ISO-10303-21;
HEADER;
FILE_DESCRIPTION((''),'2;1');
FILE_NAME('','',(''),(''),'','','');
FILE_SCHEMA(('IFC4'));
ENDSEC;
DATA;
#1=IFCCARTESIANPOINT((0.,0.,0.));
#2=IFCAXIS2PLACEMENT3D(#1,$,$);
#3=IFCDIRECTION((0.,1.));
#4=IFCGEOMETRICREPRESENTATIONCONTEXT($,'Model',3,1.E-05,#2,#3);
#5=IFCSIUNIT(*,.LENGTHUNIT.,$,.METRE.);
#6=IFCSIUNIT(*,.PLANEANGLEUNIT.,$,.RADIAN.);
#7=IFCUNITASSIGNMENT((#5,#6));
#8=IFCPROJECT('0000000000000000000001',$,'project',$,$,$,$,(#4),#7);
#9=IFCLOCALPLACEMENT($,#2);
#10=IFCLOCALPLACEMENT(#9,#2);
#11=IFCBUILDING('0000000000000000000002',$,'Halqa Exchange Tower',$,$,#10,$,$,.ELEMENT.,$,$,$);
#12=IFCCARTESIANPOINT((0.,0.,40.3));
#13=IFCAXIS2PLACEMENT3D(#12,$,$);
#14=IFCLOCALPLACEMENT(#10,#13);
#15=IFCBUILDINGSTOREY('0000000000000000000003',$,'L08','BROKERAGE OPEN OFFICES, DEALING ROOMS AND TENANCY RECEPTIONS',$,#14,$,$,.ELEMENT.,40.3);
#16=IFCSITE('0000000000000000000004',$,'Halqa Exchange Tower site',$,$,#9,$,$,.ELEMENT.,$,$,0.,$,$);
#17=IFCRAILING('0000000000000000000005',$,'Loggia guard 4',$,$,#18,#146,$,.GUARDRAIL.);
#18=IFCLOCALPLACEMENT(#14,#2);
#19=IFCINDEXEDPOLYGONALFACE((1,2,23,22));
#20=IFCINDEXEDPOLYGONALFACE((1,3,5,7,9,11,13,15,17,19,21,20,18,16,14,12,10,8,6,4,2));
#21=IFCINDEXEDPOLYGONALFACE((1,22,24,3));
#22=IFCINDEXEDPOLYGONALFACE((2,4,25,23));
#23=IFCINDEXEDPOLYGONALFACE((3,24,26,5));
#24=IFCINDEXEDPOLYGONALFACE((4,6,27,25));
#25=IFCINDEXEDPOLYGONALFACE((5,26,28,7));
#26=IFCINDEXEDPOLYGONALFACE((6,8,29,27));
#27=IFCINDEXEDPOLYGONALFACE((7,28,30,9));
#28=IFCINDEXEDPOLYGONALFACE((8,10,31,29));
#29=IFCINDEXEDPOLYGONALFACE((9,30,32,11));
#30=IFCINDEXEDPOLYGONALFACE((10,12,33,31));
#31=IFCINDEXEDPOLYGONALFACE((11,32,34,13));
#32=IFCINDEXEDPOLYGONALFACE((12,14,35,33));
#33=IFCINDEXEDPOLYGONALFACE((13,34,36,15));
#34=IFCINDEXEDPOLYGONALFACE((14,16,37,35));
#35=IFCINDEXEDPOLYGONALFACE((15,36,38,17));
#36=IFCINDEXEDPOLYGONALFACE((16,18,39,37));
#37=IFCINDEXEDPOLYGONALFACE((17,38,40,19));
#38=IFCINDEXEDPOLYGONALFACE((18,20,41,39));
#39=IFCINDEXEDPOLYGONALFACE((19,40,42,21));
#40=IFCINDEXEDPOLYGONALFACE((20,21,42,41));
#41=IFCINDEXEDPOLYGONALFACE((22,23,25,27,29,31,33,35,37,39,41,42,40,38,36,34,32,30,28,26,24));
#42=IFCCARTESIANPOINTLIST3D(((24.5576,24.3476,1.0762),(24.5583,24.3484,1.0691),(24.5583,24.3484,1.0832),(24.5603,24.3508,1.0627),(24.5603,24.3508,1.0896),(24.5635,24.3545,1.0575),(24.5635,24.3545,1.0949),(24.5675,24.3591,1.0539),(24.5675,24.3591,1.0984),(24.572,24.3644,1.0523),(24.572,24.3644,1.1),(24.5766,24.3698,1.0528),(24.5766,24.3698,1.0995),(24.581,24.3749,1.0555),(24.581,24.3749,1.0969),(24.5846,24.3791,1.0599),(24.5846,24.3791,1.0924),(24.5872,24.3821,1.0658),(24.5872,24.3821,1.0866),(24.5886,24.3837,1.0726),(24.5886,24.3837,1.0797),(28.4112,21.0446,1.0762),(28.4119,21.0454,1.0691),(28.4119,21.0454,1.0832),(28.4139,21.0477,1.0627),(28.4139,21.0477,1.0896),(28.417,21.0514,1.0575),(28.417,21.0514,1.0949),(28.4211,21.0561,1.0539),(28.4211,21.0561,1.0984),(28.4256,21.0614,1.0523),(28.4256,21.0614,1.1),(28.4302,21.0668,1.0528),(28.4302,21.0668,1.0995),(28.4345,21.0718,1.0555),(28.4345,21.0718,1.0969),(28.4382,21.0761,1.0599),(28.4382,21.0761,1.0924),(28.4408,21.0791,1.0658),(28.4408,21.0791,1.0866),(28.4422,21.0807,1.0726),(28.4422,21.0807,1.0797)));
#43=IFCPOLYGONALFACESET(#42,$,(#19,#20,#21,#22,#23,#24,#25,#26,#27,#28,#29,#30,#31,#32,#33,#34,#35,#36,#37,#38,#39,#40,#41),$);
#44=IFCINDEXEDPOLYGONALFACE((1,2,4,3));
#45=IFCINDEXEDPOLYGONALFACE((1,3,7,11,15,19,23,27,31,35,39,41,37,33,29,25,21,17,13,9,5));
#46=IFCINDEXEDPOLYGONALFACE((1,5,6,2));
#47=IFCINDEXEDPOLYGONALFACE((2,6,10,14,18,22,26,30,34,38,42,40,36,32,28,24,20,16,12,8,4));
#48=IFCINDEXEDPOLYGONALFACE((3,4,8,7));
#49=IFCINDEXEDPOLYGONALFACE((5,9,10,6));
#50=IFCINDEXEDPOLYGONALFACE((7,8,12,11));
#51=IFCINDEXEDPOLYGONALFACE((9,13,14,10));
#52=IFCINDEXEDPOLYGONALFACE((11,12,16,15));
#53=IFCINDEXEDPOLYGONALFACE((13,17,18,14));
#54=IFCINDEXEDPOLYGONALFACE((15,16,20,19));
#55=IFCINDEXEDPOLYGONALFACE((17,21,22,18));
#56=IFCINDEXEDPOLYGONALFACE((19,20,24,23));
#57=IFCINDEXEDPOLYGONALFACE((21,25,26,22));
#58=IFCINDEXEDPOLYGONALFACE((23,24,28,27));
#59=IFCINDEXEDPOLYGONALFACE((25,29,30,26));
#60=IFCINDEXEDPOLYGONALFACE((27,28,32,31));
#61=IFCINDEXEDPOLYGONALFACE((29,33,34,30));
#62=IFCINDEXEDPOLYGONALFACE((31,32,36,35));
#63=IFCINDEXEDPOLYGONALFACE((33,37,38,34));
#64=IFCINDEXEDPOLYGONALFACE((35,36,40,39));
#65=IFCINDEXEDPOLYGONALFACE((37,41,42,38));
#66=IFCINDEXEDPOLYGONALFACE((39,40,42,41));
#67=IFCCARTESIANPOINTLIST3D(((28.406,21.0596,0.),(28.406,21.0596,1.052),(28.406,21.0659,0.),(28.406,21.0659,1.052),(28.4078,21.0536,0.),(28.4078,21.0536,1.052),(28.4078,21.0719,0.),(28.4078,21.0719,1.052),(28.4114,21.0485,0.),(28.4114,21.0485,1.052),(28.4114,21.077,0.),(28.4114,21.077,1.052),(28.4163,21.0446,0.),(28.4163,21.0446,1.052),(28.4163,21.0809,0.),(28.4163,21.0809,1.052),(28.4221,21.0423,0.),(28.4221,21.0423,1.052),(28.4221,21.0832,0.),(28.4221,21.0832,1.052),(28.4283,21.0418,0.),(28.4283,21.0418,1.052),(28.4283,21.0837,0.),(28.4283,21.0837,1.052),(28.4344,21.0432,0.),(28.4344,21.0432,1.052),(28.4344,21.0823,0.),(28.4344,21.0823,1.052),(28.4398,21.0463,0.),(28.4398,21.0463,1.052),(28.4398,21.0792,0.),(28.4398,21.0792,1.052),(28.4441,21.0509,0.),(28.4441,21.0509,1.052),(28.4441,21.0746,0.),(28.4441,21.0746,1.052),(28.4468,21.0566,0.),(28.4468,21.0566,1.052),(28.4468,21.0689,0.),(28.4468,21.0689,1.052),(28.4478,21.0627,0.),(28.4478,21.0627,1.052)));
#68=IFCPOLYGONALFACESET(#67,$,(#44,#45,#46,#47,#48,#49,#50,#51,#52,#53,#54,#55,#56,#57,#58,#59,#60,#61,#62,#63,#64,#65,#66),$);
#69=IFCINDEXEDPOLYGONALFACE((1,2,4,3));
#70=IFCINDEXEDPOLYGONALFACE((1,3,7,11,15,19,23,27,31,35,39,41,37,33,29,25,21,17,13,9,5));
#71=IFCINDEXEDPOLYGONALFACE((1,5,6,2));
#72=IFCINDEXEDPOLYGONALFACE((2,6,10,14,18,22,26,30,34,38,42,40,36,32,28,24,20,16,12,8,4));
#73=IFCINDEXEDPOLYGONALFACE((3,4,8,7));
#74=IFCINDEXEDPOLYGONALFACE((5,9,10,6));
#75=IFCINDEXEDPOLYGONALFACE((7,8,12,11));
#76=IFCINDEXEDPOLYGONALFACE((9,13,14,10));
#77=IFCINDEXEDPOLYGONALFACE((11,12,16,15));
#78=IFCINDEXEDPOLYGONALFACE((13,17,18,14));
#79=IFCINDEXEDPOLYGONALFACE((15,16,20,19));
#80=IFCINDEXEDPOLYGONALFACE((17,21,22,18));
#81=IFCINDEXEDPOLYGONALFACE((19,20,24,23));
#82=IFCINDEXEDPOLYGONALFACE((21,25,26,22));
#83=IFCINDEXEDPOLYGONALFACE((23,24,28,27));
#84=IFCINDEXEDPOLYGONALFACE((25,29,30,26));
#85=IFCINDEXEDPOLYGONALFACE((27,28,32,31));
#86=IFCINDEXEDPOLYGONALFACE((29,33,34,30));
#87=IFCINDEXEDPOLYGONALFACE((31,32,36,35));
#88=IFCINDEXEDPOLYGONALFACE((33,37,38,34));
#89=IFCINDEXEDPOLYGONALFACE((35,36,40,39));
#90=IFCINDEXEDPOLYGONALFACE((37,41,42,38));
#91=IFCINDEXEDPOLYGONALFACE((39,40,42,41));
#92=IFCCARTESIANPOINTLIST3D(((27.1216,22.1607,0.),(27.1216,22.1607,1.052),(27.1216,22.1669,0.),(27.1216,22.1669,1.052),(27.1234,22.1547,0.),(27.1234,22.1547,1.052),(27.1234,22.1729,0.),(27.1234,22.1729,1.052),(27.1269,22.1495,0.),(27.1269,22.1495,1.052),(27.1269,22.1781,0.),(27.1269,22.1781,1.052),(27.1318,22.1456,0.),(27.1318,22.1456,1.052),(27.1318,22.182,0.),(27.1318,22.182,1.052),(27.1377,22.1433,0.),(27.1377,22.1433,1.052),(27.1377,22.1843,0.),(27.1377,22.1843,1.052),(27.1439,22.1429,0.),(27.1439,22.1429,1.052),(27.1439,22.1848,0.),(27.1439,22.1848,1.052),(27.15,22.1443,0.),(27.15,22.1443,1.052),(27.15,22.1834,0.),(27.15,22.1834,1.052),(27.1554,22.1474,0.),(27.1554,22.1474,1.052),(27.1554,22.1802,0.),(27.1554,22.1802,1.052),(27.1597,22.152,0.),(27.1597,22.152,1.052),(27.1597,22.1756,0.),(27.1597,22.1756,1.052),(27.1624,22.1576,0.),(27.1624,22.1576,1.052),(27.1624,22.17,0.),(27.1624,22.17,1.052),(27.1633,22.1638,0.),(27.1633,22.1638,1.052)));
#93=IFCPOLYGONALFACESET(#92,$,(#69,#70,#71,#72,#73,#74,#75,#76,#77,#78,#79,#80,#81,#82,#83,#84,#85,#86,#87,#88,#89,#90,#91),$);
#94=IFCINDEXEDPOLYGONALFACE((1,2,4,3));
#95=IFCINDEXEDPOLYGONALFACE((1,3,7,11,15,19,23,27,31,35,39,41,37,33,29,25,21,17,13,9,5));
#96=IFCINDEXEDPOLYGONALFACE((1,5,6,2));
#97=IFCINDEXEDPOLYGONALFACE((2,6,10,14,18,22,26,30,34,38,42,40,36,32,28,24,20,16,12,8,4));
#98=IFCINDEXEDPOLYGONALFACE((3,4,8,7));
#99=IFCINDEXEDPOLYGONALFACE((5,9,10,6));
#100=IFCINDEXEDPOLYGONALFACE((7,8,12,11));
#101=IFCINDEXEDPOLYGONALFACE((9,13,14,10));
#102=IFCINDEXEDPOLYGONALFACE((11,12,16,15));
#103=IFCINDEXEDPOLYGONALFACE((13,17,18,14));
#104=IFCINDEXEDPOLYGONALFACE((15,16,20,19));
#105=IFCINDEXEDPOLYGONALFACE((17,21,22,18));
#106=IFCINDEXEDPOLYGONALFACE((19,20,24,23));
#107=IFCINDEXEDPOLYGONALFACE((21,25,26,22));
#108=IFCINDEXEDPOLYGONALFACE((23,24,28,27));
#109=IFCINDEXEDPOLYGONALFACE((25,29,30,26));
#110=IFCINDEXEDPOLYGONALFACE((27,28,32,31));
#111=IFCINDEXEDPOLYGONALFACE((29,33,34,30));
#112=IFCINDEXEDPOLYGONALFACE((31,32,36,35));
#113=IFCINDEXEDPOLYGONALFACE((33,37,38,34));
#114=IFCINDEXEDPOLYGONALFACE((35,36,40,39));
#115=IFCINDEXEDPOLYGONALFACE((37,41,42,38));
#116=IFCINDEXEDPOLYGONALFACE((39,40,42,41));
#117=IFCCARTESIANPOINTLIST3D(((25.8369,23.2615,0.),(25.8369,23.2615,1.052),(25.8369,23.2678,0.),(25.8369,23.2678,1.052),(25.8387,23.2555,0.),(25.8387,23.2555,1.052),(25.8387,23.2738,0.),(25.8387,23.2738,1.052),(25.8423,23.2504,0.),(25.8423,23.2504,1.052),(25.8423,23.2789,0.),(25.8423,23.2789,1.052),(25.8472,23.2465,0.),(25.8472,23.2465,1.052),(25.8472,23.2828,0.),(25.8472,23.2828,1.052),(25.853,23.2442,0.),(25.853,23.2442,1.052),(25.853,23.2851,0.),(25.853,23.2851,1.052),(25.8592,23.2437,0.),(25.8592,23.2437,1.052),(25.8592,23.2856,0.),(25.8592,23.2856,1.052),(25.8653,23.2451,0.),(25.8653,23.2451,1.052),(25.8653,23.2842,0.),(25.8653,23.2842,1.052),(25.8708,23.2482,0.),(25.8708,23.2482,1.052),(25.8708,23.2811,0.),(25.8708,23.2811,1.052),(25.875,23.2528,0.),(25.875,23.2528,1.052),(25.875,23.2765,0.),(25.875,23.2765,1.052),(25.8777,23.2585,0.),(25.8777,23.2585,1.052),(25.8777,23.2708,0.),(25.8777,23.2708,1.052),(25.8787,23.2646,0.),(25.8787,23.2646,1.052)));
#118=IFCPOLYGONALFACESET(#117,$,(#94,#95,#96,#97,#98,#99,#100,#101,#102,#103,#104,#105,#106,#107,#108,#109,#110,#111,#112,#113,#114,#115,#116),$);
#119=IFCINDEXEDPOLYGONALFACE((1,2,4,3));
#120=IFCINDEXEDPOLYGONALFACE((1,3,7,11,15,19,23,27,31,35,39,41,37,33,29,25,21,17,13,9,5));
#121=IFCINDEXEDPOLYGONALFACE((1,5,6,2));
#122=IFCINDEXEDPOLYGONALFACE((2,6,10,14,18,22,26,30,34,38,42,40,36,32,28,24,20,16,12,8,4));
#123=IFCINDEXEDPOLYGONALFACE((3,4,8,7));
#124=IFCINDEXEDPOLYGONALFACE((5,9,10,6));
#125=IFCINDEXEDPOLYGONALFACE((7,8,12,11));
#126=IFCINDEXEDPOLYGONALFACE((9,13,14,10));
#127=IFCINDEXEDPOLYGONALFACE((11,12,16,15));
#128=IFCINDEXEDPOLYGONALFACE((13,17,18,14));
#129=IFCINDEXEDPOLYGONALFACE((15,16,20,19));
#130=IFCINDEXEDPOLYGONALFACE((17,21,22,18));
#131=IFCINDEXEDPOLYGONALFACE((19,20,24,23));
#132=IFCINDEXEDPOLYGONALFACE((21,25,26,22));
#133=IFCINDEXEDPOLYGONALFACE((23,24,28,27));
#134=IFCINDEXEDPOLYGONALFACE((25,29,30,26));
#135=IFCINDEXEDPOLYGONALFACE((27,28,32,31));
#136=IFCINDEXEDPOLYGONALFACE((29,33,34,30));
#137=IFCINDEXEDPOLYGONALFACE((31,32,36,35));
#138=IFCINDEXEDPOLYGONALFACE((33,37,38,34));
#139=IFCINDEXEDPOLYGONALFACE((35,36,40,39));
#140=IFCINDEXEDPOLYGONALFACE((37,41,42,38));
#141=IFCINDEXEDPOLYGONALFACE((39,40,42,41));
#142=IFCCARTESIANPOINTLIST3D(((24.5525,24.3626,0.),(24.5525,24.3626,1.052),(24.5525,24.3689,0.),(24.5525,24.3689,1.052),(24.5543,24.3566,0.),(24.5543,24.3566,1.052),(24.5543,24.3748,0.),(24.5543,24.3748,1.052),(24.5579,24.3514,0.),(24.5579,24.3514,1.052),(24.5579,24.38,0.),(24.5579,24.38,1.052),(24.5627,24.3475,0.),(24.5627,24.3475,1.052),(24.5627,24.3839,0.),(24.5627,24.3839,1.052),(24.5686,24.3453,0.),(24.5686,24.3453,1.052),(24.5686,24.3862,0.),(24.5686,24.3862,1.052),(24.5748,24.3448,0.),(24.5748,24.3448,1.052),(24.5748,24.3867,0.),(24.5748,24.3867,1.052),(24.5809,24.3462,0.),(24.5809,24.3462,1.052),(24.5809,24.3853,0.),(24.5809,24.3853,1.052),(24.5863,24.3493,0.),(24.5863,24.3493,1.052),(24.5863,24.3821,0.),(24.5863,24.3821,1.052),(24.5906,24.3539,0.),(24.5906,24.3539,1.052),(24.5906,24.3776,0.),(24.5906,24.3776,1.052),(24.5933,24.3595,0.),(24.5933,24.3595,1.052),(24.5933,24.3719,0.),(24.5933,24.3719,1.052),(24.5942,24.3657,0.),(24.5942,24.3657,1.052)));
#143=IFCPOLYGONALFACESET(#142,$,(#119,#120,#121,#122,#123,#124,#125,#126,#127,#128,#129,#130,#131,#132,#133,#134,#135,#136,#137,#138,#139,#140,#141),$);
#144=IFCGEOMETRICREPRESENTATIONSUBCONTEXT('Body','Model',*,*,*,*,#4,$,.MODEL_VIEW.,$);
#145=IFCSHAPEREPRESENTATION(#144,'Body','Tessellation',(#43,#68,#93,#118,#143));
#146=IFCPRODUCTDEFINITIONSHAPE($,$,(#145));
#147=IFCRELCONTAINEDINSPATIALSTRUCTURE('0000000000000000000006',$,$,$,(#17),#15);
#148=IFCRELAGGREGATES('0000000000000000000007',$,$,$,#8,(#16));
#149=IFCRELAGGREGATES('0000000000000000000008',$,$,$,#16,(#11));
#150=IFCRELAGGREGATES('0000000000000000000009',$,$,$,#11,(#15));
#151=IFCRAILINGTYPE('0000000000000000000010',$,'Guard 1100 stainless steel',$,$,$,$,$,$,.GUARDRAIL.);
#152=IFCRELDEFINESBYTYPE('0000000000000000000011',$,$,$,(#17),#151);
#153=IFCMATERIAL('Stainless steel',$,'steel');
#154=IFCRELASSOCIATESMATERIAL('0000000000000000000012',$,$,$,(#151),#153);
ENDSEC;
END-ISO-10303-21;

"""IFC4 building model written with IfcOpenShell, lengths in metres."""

from ifc_helpers import new_model, si_unit, direction, frame, origin, origin_2d, place, context, subcontext, project, spatial, circle, extrude, material, type_object, element, save


model = new_model("IFC4")

# Units and contexts
model_context = context("Model", 3, precision=1e-05, world=origin(), true_north=direction((0.0, 1.0)))
body_context = subcontext(model_context, "Body", "Model", "MODEL_VIEW")
ifc_project = project(units=[si_unit("LENGTHUNIT", "METRE"), si_unit("PLANEANGLEUNIT", "RADIAN")], contexts=[model_context])

# Site, building, storey
site_placement = place(None, origin())
site = spatial("IfcSite", under=ifc_project, at=site_placement, Name="Halqa Exchange Tower site", CompositionType="ELEMENT", RefElevation=0.0)
building_placement = place(site_placement, origin())
building = spatial("IfcBuilding", under=site, at=building_placement, Name="Halqa Exchange Tower", CompositionType="ELEMENT")
storey_placement = place(building_placement, frame((0.0, 0.0, 40.3)))
storey = spatial("IfcBuildingStorey", under=building, at=storey_placement, Name="L08", Description="BROKERAGE OPEN OFFICES, DEALING ROOMS AND TENANCY RECEPTIONS", CompositionType="ELEMENT", Elevation=40.3)

# Railing
ifc_material_1 = material(Name="Stainless steel", Category="steel")
railing_type = type_object("IfcRailingType", Name="Guard 1100 stainless steel", PredefinedType="GUARDRAIL", material=ifc_material_1)
railing_1_placement = place(storey_placement, frame((28.4268, 21.0627, 0.0)))
element("IfcRailing", 1, at=railing_1_placement, inside=storey, type_object=railing_type, Name="Loggia guard 4", PredefinedType="GUARDRAIL", context=body_context, shape_type="SweptSolid", body=[
    extrude(circle(Radius=0.0239, at=origin_2d()), frame((0.0, 0.0, 1.0762), z_axis=(-0.75926, 0.650787, 0.0), x_axis=(-0.650787, -0.75926, 0.0)), (0.0, 0.0, 1.0), 5.0754),
    extrude(circle(Radius=0.021, at=origin_2d()), origin(), (0.0, 0.0, 1.0), 1.052),
    extrude(circle(Radius=0.021, at=origin_2d()), frame((-1.2844, 1.1011, 0.0)), (0.0, 0.0, 1.0), 1.052),
    extrude(circle(Radius=0.021, at=origin_2d()), frame((-2.5691, 2.2019, 0.0)), (0.0, 0.0, 1.0), 1.052),
    extrude(circle(Radius=0.021, at=origin_2d()), frame((-3.8535, 3.303, 0.0)), (0.0, 0.0, 1.0), 1.052),
])

save(model, "model.ifc")
